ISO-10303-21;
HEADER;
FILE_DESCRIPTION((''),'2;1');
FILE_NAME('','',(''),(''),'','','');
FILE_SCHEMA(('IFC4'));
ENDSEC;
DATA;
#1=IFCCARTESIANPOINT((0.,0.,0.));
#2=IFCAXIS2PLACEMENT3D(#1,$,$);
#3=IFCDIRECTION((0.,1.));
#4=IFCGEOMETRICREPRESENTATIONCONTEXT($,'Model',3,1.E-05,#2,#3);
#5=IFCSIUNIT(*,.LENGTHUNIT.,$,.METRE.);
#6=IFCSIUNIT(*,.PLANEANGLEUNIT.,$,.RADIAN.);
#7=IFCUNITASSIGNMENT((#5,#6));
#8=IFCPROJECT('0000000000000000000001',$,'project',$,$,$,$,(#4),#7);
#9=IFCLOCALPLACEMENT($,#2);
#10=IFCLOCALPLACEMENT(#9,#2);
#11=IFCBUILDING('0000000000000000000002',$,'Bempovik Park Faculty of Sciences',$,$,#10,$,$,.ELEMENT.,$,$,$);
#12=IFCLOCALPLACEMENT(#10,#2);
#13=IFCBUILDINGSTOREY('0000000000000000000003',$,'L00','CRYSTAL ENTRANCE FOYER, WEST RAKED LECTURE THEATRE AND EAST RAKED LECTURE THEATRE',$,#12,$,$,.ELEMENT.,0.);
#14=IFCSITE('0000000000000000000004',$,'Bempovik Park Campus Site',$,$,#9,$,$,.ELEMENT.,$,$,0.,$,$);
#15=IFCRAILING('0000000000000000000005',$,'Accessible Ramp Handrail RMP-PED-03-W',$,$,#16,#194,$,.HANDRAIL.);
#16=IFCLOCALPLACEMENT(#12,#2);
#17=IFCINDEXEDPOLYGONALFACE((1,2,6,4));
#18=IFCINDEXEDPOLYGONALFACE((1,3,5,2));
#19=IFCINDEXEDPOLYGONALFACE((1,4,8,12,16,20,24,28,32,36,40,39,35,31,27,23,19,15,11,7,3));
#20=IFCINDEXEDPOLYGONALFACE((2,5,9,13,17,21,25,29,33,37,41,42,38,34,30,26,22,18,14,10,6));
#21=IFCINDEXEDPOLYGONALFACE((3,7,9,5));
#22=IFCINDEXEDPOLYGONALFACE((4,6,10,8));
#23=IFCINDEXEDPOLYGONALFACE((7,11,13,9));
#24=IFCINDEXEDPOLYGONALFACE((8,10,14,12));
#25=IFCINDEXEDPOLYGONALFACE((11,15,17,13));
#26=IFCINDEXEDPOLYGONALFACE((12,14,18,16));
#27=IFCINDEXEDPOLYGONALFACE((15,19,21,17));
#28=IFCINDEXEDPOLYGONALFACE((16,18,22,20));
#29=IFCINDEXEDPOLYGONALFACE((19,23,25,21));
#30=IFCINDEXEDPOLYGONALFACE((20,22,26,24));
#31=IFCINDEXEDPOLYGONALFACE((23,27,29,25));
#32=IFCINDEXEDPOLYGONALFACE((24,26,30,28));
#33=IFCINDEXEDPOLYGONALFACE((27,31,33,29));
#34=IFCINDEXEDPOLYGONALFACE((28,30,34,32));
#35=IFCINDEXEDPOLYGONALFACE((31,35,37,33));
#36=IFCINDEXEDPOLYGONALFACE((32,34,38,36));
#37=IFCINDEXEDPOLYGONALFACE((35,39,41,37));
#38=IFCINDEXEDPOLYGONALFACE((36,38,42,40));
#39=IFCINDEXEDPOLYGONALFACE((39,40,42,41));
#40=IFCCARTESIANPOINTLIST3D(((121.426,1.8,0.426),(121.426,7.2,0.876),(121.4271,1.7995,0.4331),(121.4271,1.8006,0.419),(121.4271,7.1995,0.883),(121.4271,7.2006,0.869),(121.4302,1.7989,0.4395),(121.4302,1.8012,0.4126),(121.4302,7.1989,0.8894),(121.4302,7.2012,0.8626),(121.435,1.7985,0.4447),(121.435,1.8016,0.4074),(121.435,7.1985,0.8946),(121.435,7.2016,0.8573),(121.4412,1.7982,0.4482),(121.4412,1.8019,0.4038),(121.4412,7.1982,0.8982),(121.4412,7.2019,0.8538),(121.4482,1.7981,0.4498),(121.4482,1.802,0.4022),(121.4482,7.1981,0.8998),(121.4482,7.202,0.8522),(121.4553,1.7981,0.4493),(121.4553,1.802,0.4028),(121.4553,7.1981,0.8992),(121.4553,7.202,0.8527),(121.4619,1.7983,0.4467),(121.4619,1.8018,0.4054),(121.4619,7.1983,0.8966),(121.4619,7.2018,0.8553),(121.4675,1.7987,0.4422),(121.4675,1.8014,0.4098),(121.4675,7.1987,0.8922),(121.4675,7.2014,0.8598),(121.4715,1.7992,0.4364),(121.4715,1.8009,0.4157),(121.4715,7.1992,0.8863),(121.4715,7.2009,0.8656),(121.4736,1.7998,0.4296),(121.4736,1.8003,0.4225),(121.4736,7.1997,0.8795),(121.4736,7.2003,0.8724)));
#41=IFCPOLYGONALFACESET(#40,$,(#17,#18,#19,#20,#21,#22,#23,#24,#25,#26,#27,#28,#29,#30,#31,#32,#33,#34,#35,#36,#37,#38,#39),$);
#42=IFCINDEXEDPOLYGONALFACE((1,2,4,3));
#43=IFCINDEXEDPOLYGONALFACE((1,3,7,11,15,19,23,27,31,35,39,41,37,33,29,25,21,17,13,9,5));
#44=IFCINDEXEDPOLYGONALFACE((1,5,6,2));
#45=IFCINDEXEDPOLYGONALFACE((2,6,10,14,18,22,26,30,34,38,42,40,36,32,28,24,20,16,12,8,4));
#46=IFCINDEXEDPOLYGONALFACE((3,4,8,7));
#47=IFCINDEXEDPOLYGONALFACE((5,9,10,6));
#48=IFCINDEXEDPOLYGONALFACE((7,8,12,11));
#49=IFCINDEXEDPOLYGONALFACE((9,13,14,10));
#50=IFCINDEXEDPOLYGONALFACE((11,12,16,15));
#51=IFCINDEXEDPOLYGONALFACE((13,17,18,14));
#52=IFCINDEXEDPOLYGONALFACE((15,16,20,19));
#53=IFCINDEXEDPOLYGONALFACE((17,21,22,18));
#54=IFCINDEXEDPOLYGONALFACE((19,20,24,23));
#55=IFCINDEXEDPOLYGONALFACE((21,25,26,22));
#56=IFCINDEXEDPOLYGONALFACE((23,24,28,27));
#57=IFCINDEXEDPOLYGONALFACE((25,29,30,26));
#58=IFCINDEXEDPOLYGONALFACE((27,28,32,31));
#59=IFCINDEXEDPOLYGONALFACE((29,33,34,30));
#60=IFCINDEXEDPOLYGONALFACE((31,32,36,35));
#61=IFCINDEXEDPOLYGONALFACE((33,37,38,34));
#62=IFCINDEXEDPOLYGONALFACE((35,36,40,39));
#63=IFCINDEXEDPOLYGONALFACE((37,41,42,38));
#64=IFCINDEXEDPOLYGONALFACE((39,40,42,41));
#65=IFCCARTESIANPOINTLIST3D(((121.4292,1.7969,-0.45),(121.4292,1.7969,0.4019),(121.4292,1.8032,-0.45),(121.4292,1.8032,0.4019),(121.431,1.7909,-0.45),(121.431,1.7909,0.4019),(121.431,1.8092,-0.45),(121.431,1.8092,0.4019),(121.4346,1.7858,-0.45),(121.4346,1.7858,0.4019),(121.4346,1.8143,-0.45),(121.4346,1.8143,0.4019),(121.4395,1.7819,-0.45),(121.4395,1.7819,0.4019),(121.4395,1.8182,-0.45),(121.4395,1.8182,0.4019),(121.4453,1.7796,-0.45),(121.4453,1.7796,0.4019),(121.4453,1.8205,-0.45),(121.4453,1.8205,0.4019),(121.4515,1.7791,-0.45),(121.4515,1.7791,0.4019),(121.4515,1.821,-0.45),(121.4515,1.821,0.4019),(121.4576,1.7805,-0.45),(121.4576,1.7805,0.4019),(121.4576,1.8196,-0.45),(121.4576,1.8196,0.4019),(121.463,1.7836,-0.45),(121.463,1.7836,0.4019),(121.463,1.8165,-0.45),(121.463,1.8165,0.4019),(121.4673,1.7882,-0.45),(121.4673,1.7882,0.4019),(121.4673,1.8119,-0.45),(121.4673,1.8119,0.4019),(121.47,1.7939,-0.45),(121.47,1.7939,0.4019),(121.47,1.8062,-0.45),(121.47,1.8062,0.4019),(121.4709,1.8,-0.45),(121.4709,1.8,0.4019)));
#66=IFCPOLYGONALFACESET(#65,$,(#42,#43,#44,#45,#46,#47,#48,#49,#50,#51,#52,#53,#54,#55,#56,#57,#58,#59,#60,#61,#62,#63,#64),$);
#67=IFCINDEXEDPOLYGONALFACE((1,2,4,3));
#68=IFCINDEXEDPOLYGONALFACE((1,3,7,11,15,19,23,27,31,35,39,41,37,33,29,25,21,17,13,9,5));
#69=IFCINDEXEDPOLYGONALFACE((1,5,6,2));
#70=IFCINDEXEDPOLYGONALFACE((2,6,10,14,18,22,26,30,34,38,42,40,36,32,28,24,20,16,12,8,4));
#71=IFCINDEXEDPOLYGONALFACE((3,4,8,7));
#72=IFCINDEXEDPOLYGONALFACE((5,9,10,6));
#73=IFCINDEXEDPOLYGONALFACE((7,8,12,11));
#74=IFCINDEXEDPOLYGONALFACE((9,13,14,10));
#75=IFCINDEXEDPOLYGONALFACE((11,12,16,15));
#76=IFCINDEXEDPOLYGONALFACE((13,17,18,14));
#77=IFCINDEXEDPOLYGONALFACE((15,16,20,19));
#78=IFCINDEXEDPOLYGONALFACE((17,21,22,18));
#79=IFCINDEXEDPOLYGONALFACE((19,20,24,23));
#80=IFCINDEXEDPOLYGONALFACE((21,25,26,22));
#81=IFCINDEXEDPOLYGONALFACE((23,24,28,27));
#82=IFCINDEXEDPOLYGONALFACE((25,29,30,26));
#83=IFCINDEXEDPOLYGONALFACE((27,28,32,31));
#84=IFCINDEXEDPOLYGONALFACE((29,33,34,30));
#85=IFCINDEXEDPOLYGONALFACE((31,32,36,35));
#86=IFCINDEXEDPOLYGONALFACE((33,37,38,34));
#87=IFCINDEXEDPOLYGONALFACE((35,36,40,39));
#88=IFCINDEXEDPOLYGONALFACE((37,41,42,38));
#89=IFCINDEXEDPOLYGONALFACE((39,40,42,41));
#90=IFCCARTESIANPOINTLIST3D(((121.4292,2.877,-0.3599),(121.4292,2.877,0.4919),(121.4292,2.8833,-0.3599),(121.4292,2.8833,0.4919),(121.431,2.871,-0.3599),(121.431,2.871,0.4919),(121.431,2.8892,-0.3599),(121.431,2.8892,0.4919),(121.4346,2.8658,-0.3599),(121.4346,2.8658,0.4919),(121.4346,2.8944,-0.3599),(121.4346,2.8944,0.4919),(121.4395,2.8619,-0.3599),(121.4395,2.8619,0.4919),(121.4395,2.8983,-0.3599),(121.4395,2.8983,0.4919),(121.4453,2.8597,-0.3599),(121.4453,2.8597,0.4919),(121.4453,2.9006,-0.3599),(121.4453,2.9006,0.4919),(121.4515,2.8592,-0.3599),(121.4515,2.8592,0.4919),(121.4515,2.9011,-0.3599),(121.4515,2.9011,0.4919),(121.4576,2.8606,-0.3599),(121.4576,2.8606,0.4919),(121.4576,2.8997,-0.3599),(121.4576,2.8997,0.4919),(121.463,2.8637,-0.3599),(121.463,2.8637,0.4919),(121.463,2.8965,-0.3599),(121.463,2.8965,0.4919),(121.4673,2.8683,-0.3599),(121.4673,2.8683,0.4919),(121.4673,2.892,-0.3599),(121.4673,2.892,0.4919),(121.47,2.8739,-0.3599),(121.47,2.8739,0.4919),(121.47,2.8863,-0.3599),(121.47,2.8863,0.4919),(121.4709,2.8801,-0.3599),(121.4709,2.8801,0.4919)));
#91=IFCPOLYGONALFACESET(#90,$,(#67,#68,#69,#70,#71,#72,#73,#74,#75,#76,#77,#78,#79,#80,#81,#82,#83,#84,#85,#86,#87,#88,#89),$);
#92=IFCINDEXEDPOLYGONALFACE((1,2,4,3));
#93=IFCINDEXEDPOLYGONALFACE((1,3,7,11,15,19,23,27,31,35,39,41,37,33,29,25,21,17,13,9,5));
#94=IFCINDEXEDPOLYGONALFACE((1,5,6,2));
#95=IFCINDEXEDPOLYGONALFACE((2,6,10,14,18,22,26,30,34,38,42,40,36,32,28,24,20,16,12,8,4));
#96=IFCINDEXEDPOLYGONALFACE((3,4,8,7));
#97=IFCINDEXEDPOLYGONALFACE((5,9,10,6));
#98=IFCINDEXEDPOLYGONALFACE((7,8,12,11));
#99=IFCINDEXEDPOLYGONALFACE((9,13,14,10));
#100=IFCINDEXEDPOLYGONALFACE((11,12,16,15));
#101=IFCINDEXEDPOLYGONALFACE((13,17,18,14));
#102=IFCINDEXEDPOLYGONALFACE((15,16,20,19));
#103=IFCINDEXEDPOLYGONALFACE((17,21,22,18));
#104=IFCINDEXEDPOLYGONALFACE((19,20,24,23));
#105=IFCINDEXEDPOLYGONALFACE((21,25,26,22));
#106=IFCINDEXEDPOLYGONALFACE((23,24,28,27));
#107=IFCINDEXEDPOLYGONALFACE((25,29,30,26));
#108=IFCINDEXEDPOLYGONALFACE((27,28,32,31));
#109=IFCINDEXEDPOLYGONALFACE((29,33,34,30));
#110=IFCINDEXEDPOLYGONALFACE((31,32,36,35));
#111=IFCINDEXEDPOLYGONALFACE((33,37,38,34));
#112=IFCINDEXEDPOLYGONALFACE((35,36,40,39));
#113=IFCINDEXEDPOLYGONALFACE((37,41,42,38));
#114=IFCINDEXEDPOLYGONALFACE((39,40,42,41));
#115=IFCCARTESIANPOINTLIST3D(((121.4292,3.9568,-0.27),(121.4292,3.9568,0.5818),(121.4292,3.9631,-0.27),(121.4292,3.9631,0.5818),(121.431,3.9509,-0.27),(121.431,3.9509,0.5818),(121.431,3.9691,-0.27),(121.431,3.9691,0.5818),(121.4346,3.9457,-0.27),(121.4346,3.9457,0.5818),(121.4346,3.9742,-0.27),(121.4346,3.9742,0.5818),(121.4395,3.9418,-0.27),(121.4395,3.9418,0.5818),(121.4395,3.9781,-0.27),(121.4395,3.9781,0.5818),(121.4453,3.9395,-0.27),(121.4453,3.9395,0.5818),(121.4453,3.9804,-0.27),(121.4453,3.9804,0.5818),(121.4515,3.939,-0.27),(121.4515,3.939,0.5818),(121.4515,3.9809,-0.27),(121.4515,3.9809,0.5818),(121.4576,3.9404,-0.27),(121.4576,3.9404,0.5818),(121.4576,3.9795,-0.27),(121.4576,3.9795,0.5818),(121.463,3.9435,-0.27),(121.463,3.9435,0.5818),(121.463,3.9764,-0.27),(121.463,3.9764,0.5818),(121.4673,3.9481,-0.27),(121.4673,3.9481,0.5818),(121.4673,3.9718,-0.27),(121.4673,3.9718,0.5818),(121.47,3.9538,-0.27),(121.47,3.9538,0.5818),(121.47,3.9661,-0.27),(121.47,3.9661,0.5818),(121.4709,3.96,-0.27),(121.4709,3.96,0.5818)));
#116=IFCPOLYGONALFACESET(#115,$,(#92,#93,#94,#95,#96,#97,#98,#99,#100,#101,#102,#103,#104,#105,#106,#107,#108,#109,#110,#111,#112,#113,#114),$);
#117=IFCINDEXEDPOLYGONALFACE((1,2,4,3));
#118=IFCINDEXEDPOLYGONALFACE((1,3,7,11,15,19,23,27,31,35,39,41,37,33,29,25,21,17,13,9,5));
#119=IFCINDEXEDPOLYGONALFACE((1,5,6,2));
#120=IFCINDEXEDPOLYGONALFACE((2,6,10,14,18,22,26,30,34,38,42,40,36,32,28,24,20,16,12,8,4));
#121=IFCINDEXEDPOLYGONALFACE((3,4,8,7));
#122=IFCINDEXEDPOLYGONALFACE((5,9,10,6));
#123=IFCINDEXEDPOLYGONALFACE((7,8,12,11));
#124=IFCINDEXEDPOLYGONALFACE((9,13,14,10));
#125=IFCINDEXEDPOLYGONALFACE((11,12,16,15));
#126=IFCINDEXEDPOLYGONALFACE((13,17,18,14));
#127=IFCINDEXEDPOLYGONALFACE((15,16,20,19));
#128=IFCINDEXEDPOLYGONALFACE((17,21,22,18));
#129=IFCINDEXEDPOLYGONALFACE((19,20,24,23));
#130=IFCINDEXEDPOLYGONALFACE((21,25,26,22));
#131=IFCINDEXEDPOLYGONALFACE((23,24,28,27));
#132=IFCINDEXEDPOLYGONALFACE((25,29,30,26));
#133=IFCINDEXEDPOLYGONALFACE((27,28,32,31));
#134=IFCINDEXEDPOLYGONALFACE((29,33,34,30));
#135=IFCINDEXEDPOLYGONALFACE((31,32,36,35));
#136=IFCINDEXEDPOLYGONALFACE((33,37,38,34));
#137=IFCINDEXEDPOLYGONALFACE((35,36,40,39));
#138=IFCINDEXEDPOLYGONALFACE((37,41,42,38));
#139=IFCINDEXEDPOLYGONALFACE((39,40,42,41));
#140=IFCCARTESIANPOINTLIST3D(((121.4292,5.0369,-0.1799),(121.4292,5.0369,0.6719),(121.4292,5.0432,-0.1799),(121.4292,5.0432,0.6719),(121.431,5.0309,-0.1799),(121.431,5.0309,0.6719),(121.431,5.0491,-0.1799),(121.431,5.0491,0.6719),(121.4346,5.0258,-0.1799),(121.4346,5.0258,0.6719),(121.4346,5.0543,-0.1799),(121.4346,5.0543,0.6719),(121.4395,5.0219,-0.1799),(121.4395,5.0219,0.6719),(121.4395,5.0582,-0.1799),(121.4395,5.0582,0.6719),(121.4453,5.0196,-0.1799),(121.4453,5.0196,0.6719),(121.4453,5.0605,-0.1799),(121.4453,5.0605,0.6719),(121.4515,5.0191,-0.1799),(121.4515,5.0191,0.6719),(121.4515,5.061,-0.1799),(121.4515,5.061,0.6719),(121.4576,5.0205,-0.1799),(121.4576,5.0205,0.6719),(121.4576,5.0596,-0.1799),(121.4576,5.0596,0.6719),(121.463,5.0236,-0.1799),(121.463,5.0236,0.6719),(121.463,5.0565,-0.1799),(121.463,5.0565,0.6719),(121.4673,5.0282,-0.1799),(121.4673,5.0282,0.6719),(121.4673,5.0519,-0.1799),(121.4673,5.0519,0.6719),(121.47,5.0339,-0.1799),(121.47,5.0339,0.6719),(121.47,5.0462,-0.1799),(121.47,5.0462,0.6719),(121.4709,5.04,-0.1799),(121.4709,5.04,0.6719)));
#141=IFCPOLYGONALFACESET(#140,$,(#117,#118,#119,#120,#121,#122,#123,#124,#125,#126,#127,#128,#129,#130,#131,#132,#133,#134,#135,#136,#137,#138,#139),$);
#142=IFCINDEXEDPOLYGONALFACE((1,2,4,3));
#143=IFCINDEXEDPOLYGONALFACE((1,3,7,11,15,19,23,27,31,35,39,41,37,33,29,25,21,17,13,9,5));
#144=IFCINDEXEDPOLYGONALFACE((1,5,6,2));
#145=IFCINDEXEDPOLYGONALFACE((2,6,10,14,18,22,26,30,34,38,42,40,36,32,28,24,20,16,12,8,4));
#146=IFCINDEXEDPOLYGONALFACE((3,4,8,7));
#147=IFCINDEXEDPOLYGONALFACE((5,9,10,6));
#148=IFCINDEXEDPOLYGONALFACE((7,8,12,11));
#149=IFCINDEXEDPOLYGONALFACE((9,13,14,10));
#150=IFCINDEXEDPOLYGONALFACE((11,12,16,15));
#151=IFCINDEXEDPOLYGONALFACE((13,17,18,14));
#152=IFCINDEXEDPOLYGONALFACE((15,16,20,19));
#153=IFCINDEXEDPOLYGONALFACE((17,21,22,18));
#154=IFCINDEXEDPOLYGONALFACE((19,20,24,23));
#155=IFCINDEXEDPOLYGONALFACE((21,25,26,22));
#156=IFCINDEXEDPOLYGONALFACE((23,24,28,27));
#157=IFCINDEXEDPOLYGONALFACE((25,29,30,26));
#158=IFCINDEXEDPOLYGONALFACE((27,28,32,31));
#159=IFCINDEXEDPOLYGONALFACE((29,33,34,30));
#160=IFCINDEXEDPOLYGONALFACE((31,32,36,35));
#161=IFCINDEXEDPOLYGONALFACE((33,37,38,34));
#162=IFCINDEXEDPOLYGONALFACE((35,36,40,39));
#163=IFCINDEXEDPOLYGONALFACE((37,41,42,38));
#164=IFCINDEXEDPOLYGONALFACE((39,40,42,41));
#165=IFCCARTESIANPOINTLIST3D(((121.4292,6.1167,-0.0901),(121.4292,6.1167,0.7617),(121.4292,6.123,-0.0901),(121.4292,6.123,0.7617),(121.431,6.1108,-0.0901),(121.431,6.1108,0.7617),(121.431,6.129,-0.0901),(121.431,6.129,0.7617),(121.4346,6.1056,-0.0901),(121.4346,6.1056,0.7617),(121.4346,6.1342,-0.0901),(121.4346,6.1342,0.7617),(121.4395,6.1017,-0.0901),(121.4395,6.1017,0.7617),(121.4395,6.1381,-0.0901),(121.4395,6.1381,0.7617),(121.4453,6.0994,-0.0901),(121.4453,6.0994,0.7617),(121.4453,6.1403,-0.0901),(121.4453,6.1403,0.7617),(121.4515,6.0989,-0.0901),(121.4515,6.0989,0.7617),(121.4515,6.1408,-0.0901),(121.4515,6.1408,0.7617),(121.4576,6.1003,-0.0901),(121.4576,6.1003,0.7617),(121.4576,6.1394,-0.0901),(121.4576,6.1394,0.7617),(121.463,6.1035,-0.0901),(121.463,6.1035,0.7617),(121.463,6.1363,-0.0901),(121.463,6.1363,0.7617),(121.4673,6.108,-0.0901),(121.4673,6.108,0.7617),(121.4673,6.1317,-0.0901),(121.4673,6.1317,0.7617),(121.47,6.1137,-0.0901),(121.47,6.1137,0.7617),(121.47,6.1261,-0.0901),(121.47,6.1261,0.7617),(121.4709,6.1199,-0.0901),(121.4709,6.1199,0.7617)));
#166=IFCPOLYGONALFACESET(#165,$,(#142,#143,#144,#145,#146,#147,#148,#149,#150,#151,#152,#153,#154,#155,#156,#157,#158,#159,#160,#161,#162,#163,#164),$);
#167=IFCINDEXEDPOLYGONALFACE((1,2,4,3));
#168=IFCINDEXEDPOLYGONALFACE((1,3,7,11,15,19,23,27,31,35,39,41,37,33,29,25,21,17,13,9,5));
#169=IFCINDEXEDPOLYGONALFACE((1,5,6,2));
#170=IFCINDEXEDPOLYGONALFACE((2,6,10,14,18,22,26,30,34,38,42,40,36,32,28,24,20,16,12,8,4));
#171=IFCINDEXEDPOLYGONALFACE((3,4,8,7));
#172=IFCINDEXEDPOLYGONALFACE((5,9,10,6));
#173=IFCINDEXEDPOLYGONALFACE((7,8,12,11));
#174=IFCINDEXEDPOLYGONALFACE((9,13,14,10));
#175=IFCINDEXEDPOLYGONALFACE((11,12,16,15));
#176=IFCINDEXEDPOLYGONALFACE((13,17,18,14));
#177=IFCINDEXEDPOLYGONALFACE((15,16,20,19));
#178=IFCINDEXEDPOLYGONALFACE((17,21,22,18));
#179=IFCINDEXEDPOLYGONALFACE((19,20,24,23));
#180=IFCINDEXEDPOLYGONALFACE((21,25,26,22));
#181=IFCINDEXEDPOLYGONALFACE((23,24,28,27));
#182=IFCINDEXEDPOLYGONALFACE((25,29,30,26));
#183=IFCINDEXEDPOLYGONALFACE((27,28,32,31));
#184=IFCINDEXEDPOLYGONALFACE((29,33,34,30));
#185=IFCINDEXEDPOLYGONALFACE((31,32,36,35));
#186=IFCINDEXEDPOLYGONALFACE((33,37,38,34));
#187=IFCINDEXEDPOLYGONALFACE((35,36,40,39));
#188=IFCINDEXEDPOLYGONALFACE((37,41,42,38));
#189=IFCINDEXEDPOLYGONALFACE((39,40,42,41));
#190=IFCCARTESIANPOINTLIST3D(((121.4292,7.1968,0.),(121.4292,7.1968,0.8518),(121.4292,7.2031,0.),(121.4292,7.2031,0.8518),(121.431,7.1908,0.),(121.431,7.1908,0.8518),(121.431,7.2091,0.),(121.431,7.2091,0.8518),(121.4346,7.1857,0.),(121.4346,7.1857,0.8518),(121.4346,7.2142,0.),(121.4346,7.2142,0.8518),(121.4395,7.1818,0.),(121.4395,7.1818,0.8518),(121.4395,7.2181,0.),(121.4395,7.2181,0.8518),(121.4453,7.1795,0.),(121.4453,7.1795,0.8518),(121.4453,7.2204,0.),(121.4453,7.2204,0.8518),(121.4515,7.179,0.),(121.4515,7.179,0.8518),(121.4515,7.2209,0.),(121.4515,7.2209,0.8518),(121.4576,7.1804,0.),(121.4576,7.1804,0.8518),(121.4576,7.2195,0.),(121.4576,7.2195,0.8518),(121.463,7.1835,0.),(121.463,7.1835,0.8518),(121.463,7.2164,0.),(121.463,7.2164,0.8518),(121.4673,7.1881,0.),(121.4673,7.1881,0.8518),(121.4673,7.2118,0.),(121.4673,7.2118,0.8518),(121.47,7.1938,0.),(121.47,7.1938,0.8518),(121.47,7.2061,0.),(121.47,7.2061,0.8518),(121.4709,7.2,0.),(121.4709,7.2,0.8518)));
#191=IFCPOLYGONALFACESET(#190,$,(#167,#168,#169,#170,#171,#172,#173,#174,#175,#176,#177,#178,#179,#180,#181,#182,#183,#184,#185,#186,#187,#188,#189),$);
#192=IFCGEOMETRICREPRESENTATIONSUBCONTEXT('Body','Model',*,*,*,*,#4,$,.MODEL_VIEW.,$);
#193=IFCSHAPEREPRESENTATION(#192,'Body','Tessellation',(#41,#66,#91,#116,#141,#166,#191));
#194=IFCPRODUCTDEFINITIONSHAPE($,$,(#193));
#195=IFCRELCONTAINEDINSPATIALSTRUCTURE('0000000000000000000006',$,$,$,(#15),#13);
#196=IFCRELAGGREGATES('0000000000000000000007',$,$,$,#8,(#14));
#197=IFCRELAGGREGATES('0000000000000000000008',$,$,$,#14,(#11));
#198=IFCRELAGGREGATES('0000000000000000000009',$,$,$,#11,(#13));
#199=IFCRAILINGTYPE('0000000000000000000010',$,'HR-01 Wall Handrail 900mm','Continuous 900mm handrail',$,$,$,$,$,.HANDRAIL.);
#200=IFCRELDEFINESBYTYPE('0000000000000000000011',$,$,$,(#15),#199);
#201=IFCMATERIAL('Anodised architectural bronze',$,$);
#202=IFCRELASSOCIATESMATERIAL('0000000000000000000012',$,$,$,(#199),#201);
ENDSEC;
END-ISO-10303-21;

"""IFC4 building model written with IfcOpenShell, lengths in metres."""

from ifc_helpers import new_model, si_unit, direction, frame, origin, origin_2d, place, context, subcontext, project, spatial, circle, extrude, material, type_object, element, save


model = new_model("IFC4")

# Units and contexts
model_context = context("Model", 3, precision=1e-05, world=origin(), true_north=direction((0.0, 1.0)))
body_context = subcontext(model_context, "Body", "Model", "MODEL_VIEW")
ifc_project = project(units=[si_unit("LENGTHUNIT", "METRE"), si_unit("PLANEANGLEUNIT", "RADIAN")], contexts=[model_context])

# Site, building, storey
site_placement = place(None, origin())
site = spatial("IfcSite", under=ifc_project, at=site_placement, Name="Bempovik Park Campus Site", CompositionType="ELEMENT", RefElevation=0.0)
building_placement = place(site_placement, origin())
building = spatial("IfcBuilding", under=site, at=building_placement, Name="Bempovik Park Faculty of Sciences", CompositionType="ELEMENT")
storey_placement = place(building_placement, origin())
storey = spatial("IfcBuildingStorey", under=building, at=storey_placement, Name="L00", Description="CRYSTAL ENTRANCE FOYER, WEST RAKED LECTURE THEATRE AND EAST RAKED LECTURE THEATRE", CompositionType="ELEMENT", Elevation=0.0)

# Railing
ifc_material_1 = material(Name="Anodised architectural bronze")
railing_type = type_object("IfcRailingType", Name="HR-01 Wall Handrail 900mm", Description="Continuous 900mm handrail", PredefinedType="HANDRAIL", material=ifc_material_1)
for number, where, name in (
    (1, (121.45, 1.8, -0.45), "Accessible Ramp Handrail RMP-PED-03-W"),
):
    element("IfcRailing", number, at=place(storey_placement, frame(where)), inside=storey, type_object=railing_type, Name=name, PredefinedType="HANDRAIL", context=body_context, shape_type="SweptSolid", body=[
        extrude(circle(Radius=0.0239, at=origin_2d()), frame((0.0, 0.0, 0.876), z_axis=(0.0, 0.996546, 0.083038), x_axis=(-1.0, 0.0, 0.0)), (0.0, 0.0, 1.0), 5.4187),
        extrude(circle(Radius=0.021, at=origin_2d()), origin(), (0.0, 0.0, 1.0), 0.8518),
        extrude(circle(Radius=0.021, at=origin_2d()), frame((0.0, 1.0801, 0.0901)), (0.0, 0.0, 1.0), 0.8518),
        extrude(circle(Radius=0.021, at=origin_2d()), frame((0.0, 2.1599, 0.1799)), (0.0, 0.0, 1.0), 0.8518),
        extrude(circle(Radius=0.021, at=origin_2d()), frame((0.0, 3.24, 0.27)), (0.0, 0.0, 1.0), 0.8518),
        extrude(circle(Radius=0.021, at=origin_2d()), frame((0.0, 4.3198, 0.3599)), (0.0, 0.0, 1.0), 0.8518),
        extrude(circle(Radius=0.021, at=origin_2d()), frame((0.0, 5.3999, 0.45)), (0.0, 0.0, 1.0), 0.8518),
    ])

save(model, "model.ifc")
